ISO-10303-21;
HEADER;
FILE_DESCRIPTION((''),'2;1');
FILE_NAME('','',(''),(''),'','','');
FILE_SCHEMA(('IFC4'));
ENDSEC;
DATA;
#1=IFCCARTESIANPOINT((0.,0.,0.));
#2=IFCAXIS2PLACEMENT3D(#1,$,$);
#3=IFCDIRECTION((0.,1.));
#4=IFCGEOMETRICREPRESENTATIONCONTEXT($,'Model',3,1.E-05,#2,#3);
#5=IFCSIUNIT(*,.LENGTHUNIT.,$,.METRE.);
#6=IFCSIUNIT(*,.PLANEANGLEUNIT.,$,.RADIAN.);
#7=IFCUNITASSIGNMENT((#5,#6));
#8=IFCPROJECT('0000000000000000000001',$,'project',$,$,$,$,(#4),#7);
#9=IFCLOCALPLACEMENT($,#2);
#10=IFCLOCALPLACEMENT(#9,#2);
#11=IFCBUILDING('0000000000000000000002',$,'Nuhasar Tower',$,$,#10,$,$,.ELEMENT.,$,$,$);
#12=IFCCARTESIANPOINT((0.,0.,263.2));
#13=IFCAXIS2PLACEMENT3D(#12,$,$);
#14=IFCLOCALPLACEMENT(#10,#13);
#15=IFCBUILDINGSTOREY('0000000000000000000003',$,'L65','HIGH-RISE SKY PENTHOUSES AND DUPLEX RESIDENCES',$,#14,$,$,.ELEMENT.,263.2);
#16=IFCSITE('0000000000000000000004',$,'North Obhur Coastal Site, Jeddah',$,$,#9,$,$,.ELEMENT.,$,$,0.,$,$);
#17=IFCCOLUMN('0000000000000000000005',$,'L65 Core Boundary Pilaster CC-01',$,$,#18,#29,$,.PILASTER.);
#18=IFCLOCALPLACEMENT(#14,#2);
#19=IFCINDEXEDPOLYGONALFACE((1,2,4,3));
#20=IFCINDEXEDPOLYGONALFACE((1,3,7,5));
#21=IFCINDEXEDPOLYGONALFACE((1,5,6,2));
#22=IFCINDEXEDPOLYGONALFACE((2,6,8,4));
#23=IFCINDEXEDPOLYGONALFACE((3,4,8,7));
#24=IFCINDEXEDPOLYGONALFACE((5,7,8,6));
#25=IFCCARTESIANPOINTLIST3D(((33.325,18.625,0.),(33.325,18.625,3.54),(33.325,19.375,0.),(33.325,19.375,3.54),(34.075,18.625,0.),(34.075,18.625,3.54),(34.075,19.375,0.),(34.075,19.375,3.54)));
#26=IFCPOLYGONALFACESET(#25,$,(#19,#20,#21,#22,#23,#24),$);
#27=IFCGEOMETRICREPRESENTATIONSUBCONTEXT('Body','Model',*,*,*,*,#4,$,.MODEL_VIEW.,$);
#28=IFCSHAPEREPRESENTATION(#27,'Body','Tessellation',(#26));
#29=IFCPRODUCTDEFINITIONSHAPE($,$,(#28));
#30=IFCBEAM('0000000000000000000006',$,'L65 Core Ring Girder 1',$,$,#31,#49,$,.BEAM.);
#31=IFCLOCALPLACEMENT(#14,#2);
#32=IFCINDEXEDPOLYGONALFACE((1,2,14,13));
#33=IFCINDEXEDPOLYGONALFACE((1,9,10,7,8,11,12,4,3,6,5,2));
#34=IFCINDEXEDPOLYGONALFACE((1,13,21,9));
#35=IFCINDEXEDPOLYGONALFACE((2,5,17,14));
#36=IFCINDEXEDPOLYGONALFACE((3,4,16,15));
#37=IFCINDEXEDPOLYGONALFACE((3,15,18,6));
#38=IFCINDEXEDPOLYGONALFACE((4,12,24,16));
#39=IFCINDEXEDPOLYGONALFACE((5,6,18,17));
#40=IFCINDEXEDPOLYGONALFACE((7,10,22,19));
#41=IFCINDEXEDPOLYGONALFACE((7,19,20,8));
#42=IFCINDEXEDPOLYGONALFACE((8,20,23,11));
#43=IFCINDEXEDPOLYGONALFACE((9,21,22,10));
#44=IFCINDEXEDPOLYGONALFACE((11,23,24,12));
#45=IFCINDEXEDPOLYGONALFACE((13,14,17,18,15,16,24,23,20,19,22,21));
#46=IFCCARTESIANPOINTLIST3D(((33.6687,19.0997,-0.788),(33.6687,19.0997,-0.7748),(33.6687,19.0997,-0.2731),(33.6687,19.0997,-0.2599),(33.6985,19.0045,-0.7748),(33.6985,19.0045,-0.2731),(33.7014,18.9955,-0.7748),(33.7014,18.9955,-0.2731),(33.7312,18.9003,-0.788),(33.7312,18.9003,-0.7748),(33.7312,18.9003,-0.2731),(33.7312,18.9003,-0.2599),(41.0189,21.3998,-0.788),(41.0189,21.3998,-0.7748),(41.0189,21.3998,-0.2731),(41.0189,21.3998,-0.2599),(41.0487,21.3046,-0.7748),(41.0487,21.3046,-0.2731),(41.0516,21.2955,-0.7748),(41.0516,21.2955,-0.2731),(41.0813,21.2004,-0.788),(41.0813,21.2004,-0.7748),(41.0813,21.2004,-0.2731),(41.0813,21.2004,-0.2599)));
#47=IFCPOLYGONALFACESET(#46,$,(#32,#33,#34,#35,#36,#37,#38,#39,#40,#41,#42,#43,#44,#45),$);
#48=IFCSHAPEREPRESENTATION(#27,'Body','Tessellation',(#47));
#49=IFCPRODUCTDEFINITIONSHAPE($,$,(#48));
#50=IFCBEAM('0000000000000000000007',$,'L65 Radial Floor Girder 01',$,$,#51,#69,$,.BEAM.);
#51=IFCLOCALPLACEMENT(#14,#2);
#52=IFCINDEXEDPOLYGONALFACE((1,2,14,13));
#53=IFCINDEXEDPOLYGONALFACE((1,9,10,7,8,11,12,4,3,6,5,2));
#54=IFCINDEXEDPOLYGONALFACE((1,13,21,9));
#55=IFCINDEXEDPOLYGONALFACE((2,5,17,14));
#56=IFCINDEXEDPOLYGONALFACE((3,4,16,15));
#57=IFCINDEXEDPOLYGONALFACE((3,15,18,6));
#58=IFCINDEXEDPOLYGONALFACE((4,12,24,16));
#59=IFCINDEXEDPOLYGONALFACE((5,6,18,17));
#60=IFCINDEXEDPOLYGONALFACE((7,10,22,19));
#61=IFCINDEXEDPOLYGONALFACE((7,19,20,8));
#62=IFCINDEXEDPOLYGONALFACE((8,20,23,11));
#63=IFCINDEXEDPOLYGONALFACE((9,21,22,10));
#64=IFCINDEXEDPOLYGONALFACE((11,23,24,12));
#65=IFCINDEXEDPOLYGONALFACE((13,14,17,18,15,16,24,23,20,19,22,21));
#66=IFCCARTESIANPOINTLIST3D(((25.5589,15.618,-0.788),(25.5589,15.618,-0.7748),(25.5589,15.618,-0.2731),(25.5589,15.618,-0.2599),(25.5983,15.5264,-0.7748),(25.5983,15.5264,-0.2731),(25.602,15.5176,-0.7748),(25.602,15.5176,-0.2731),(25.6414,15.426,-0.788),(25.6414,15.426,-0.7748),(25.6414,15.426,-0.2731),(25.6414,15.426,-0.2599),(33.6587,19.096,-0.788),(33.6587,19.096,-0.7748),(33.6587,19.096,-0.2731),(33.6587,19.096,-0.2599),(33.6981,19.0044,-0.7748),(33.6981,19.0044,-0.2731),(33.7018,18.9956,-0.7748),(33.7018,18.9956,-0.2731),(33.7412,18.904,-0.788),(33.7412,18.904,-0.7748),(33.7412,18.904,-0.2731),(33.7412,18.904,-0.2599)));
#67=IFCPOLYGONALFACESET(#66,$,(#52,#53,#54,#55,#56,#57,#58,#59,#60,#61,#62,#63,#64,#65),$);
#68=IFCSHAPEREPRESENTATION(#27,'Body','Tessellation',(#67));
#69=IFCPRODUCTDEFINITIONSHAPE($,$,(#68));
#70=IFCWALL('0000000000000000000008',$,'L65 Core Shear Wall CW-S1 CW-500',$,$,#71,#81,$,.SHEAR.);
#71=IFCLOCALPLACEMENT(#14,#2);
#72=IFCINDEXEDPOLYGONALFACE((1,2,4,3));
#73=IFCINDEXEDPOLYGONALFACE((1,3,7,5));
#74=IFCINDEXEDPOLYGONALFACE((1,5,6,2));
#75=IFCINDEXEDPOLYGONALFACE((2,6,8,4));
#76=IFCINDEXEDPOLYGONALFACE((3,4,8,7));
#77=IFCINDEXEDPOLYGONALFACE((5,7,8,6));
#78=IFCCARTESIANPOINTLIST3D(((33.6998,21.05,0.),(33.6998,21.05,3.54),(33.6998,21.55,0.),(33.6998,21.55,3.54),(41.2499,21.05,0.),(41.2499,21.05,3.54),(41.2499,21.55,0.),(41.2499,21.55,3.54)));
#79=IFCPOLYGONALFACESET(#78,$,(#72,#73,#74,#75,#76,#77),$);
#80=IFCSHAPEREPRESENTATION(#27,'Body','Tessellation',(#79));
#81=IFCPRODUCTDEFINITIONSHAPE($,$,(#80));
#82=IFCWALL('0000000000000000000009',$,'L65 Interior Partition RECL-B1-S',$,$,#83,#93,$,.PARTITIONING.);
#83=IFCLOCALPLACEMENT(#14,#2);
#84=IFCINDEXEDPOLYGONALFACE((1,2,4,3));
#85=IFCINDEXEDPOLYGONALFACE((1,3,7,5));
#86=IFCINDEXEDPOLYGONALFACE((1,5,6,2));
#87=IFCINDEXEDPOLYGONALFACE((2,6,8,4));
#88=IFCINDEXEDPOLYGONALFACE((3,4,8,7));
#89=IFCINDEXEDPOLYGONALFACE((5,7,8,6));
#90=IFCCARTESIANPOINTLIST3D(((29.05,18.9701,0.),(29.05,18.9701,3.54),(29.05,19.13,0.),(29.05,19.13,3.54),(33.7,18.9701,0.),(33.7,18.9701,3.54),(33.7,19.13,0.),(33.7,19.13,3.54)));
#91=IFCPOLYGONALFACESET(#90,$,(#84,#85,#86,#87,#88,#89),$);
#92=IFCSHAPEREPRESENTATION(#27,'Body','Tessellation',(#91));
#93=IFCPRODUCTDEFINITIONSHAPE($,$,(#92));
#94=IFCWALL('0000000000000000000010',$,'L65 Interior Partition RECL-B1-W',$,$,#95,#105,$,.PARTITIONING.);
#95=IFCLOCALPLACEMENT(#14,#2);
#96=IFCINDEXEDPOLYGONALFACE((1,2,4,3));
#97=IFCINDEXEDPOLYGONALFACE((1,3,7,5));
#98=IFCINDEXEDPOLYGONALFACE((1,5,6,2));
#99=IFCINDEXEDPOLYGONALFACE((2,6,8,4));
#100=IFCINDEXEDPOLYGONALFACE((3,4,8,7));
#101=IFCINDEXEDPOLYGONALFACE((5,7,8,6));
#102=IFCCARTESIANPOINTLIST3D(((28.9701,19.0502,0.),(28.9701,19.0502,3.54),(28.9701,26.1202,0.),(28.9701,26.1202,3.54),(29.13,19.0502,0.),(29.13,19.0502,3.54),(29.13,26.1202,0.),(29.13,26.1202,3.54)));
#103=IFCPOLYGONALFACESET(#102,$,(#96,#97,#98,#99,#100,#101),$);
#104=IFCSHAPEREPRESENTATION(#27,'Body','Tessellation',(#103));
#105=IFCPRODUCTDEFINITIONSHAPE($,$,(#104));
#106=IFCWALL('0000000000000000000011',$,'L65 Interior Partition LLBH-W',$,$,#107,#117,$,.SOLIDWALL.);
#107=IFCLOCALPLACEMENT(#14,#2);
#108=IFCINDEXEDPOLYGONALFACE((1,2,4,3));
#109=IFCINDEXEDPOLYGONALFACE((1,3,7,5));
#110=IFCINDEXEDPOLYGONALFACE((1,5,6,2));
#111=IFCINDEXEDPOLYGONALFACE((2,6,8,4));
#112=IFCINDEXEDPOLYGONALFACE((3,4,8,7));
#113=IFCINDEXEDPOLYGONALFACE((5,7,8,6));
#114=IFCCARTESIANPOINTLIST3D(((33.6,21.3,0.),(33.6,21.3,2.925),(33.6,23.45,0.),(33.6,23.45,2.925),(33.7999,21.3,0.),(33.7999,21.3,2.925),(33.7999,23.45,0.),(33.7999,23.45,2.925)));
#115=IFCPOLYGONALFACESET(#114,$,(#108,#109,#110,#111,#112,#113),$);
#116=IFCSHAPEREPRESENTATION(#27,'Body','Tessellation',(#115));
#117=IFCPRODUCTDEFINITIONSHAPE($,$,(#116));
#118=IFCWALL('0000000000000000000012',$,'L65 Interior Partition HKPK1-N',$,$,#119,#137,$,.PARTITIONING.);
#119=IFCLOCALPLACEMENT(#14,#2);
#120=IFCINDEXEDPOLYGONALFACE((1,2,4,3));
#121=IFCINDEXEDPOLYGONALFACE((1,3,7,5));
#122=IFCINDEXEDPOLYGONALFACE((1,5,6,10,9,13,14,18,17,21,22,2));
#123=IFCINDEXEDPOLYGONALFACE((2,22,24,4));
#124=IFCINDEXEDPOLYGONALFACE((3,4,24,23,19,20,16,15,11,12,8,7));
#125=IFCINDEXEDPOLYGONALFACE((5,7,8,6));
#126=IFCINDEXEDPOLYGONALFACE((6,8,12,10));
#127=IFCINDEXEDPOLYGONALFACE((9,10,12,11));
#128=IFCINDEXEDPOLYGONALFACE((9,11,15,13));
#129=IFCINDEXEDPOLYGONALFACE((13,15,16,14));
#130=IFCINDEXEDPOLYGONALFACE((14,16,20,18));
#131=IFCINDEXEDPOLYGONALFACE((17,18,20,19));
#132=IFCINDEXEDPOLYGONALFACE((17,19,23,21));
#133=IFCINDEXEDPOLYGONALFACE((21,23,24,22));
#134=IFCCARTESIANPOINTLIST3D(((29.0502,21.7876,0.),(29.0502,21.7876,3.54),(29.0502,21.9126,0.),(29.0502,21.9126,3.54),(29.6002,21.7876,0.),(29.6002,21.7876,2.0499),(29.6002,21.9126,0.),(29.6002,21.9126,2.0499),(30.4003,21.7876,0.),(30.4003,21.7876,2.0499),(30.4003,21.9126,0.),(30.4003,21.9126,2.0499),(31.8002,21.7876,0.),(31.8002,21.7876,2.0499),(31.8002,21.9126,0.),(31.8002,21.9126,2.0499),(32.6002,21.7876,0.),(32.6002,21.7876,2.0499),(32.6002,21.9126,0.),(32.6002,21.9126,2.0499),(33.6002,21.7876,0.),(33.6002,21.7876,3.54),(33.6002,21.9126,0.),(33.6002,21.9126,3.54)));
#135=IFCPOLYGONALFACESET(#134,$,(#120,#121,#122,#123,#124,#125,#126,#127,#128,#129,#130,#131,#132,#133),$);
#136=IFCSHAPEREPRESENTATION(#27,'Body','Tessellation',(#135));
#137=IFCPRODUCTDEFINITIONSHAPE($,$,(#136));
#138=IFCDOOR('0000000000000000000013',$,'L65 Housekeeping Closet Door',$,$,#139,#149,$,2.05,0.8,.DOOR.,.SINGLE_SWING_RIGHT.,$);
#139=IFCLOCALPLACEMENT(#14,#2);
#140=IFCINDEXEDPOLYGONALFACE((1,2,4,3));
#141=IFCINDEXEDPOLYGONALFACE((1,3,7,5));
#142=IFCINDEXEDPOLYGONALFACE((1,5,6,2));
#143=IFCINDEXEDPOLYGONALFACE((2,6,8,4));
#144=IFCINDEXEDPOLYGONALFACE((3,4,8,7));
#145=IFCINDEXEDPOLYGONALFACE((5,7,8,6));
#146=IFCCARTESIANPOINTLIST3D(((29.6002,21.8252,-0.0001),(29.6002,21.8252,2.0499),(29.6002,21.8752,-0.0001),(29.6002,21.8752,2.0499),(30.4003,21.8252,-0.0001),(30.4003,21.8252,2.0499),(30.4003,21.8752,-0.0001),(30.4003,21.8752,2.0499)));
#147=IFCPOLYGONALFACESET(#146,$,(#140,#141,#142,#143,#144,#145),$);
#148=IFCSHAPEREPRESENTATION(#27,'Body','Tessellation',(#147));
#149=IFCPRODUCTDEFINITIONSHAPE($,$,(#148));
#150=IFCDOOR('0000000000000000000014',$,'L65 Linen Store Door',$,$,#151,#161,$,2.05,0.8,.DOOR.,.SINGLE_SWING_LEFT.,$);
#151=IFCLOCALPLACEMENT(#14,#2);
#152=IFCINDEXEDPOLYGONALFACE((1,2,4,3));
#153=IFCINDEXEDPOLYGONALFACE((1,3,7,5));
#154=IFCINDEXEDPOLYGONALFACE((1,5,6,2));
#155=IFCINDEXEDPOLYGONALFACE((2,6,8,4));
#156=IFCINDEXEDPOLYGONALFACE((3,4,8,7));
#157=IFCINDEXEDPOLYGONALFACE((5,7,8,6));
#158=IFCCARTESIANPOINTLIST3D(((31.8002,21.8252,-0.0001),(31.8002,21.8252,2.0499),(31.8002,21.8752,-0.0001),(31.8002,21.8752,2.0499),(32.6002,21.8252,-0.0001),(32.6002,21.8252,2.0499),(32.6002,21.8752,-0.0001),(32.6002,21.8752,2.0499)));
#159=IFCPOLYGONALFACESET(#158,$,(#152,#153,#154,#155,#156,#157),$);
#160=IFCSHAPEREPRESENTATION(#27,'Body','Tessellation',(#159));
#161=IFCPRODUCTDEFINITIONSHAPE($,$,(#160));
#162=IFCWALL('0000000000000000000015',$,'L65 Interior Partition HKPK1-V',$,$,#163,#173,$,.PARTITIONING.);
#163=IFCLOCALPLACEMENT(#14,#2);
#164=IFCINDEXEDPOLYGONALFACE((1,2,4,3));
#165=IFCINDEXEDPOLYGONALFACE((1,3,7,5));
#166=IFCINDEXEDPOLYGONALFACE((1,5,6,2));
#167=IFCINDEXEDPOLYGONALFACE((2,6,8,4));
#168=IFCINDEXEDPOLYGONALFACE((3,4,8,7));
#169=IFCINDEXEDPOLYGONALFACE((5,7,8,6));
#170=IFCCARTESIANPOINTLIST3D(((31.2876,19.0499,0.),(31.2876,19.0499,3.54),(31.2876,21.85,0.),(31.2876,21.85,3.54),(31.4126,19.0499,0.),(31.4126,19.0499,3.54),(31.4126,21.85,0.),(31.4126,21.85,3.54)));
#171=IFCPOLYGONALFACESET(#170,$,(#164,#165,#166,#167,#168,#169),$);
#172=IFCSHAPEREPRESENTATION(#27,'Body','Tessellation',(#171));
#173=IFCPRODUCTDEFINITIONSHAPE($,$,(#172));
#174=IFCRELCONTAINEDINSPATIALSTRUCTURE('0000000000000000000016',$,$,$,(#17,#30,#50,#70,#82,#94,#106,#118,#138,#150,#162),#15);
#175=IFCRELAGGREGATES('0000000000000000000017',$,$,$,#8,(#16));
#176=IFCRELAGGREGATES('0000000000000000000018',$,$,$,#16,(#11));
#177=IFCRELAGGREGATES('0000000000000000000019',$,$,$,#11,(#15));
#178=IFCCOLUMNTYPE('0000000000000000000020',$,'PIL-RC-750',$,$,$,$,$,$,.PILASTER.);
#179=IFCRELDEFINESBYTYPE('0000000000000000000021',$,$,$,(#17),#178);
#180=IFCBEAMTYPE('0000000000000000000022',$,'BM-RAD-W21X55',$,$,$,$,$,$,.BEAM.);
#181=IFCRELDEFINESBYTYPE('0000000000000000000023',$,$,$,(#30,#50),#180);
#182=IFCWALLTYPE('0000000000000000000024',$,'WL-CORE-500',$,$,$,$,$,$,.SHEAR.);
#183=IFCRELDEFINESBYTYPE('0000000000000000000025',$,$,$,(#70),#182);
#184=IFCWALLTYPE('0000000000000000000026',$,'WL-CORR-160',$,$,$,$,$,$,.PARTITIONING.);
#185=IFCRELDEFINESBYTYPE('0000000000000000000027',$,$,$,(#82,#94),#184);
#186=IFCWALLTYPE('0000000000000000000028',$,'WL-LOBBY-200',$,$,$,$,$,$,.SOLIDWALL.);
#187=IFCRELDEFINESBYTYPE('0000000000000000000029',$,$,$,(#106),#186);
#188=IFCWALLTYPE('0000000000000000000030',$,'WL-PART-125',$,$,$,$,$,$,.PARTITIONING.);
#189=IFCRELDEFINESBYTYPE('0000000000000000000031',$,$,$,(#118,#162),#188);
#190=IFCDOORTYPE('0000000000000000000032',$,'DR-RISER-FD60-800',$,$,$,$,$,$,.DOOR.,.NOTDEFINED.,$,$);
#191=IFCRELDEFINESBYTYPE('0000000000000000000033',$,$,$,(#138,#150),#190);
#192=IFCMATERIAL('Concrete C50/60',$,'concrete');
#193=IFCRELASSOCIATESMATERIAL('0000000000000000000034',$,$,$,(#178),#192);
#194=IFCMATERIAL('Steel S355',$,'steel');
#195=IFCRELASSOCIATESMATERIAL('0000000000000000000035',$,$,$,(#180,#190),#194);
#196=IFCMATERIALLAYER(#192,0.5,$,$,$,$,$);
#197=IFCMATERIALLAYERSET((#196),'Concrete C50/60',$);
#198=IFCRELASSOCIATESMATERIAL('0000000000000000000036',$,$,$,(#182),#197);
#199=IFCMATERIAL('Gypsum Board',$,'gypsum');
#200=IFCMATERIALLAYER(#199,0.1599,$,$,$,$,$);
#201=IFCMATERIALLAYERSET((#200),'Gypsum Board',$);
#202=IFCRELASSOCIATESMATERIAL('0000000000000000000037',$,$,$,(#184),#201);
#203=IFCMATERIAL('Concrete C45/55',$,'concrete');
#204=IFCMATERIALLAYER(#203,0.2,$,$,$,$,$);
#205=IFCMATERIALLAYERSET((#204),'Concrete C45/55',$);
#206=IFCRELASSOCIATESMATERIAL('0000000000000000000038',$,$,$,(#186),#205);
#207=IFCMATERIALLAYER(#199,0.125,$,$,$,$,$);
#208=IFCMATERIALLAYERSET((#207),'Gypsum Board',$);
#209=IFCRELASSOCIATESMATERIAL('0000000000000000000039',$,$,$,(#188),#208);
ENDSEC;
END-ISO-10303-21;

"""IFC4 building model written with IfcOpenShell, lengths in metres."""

from ifc_helpers import new_model, si_unit, direction, frame, frame_2d, origin, origin_2d, place, context, subcontext, project, spatial, rectangle, i_section, extrude, material, layer, layer_set, material_profile, profile_set, type_object, element, fill, save


model = new_model("IFC4")

# Units and contexts
model_context = context("Model", 3, precision=1e-05, world=origin(), true_north=direction((0.0, 1.0)))
body_context = subcontext(model_context, "Body", "Model", "MODEL_VIEW")
ifc_project = project(units=[si_unit("LENGTHUNIT", "METRE"), si_unit("PLANEANGLEUNIT", "RADIAN")], contexts=[model_context])

# Site, building, storey
site_placement = place(None, origin())
site = spatial("IfcSite", under=ifc_project, at=site_placement, Name="North Obhur Coastal Site, Jeddah", CompositionType="ELEMENT", RefElevation=0.0)
building_placement = place(site_placement, origin())
building = spatial("IfcBuilding", under=site, at=building_placement, Name="Nuhasar Tower", CompositionType="ELEMENT")
storey_placement = place(building_placement, frame((0.0, 0.0, 263.2)))
storey = spatial("IfcBuildingStorey", under=building, at=storey_placement, Name="L65", Description="HIGH-RISE SKY PENTHOUSES AND DUPLEX RESIDENCES", CompositionType="ELEMENT", Elevation=263.2)

# Column
ifc_material_1 = material(Name="Concrete C50/60", Category="concrete")
ifc_material_profile_1 = material_profile(ifc_material_1, rectangle(XDim=0.75, YDim=0.75, at=origin_2d()), Name="RC750X750")
ifc_profile_set_1 = profile_set([ifc_material_profile_1], Name="Concrete C50/60")
column_type = type_object("IfcColumnType", Name="PIL-RC-750", PredefinedType="PILASTER", material=ifc_profile_set_1)
column_placement = place(storey_placement, frame((33.7, 19.0, 0.0), z_axis=(0.0, 0.0, 1.0), x_axis=(1.0, 0.0, 0.0)))
element("IfcColumn", 1, at=column_placement, inside=storey, type_object=column_type, Name="L65 Core Boundary Pilaster CC-01", PredefinedType="PILASTER", context=body_context, shape_type="SweptSolid", body=[
    extrude(rectangle(XDim=0.75, YDim=0.75, at=origin_2d()), origin(), (0.0, 0.0, 1.0), 3.54),
])

# Beams
ifc_material_2 = material(Name="Steel S355", Category="steel")
ifc_material_profile_2 = material_profile(ifc_material_2, i_section(OverallWidth=0.209, OverallDepth=0.5281, WebThickness=0.0095, FlangeThickness=0.0132, at=origin_2d()), Name="W21X55")
ifc_profile_set_2 = profile_set([ifc_material_profile_2], Name="Steel S355")
beam_type = type_object("IfcBeamType", Name="BM-RAD-W21X55", PredefinedType="BEAM", material=ifc_profile_set_2)
beam_1_placement = place(storey_placement, frame((33.7, 19.0, -0.5239), z_axis=(0.954364, 0.298647, 0.0), x_axis=(-0.298647, 0.954364, 0.0)))
element("IfcBeam", 2, at=beam_1_placement, inside=storey, type_object=beam_type, Name="L65 Core Ring Girder 1", PredefinedType="BEAM", context=body_context, shape_type="SweptSolid", body=[
    extrude(i_section(OverallWidth=0.209, OverallDepth=0.5281, WebThickness=0.0095, FlangeThickness=0.0132, at=origin_2d()), origin(), (0.0, 0.0, 1.0), 7.7017),
])
beam_2_placement = place(storey_placement, frame((33.7, 19.0, -0.5239), z_axis=(-0.918871, -0.394558, 0.0), x_axis=(0.394558, -0.918871, 0.0)))
element("IfcBeam", 3, at=beam_2_placement, inside=storey, type_object=beam_type, Name="L65 Radial Floor Girder 01", PredefinedType="BEAM", context=body_context, shape_type="SweptSolid", body=[
    extrude(i_section(OverallWidth=0.209, OverallDepth=0.5281, WebThickness=0.0095, FlangeThickness=0.0132, at=origin_2d()), origin(), (0.0, 0.0, 1.0), 8.8149),
])

# Walls
ifc_layer_1 = layer(ifc_material_1, 0.5)
ifc_layer_set_1 = layer_set([ifc_layer_1], Name="Concrete C50/60")
wall_type_1 = type_object("IfcWallType", Name="WL-CORE-500", PredefinedType="SHEAR", material=ifc_layer_set_1)
wall_1_placement = place(storey_placement, frame((33.7, 21.3, 0.0), z_axis=(0.0, 0.0, 1.0), x_axis=(1.0, 0.0, 0.0)))
element("IfcWall", 4, at=wall_1_placement, inside=storey, type_object=wall_type_1, Name="L65 Core Shear Wall CW-S1 CW-500", PredefinedType="SHEAR", context=body_context, shape_type="SweptSolid", body=[
    extrude(rectangle(XDim=7.55, YDim=0.5, at=frame_2d((3.7749, 0.0))), origin(), (0.0, 0.0, 1.0), 3.54),
])
ifc_material_3 = material(Name="Gypsum Board", Category="gypsum")
ifc_layer_2 = layer(ifc_material_3, 0.1599)
ifc_layer_set_2 = layer_set([ifc_layer_2], Name="Gypsum Board")
wall_type_2 = type_object("IfcWallType", Name="WL-CORR-160", PredefinedType="PARTITIONING", material=ifc_layer_set_2)
wall_2_placement = place(storey_placement, frame((29.05, 19.05, 0.0), z_axis=(0.0, 0.0, 1.0), x_axis=(1.0, 0.0, 0.0)))
element("IfcWall", 5, at=wall_2_placement, inside=storey, type_object=wall_type_2, Name="L65 Interior Partition RECL-B1-S", PredefinedType="PARTITIONING", context=body_context, shape_type="SweptSolid", body=[
    extrude(rectangle(XDim=4.6499, YDim=0.1599, at=frame_2d((2.325, 0.0))), origin(), (0.0, 0.0, 1.0), 3.54),
])
wall_3_placement = place(storey_placement, frame((29.05, 19.05, 0.0), z_axis=(0.0, 0.0, 1.0), x_axis=(0.0, 1.0, 0.0)))
element("IfcWall", 6, at=wall_3_placement, inside=storey, type_object=wall_type_2, Name="L65 Interior Partition RECL-B1-W", PredefinedType="PARTITIONING", context=body_context, shape_type="SweptSolid", body=[
    extrude(rectangle(XDim=7.0701, YDim=0.1599, at=frame_2d((3.5352, 0.0))), origin(), (0.0, 0.0, 1.0), 3.54),
])

# Wall
ifc_material_4 = material(Name="Concrete C45/55", Category="concrete")
ifc_layer_3 = layer(ifc_material_4, 0.2)
ifc_layer_set_3 = layer_set([ifc_layer_3], Name="Concrete C45/55")
wall_type_3 = type_object("IfcWallType", Name="WL-LOBBY-200", PredefinedType="SOLIDWALL", material=ifc_layer_set_3)
wall_4_placement = place(storey_placement, frame((33.7, 21.3, 0.0), z_axis=(0.0, 0.0, 1.0), x_axis=(0.0, 1.0, 0.0)))
element("IfcWall", 7, at=wall_4_placement, inside=storey, type_object=wall_type_3, Name="L65 Interior Partition LLBH-W", PredefinedType="SOLIDWALL", context=body_context, shape_type="SweptSolid", body=[
    extrude(rectangle(XDim=2.1499, YDim=0.2, at=frame_2d((1.075, 0.0))), origin(), (0.0, 0.0, 1.0), 2.925),
])

# Wall, openings, doors
ifc_layer_4 = layer(ifc_material_3, 0.125)
ifc_layer_set_4 = layer_set([ifc_layer_4], Name="Gypsum Board")
wall_type_4 = type_object("IfcWallType", Name="WL-PART-125", PredefinedType="PARTITIONING", material=ifc_layer_set_4)
wall_5_placement = place(storey_placement, frame((33.6001, 21.8501, 0.0), z_axis=(0.0, 0.0, 1.0), x_axis=(-1.0, 0.0, 0.0)))
wall_5 = element("IfcWall", 8, at=wall_5_placement, inside=storey, type_object=wall_type_4, Name="L65 Interior Partition HKPK1-N", PredefinedType="PARTITIONING", context=body_context, shape_type="SweptSolid", body=[
    extrude(rectangle(XDim=4.55, YDim=0.125, at=frame_2d((2.2749, 0.0))), origin(), (0.0, 0.0, 1.0), 3.54),
])
opening_1_placement = place(wall_5_placement, frame((3.2, 0.0, 0.0)))
opening_1 = element("IfcOpeningElement", 9, at=opening_1_placement, cuts=wall_5, PredefinedType="OPENING", context=body_context, shape_type="SweptSolid", body=[
    extrude(rectangle(XDim=0.8, YDim=2.05, at=frame_2d((0.3999, 1.0249))), frame((0.0, 0.0725, 0.0), z_axis=(0.0, -1.0, 0.0), x_axis=(1.0, 0.0, 0.0)), (0.0, 0.0, 1.0), 0.145),
])
opening_2_placement = place(wall_5_placement, frame((1.0, 0.0, 0.0)))
opening_2 = element("IfcOpeningElement", 10, at=opening_2_placement, cuts=wall_5, PredefinedType="OPENING", context=body_context, shape_type="SweptSolid", body=[
    extrude(rectangle(XDim=0.8, YDim=2.05, at=frame_2d((0.3999, 1.0249))), frame((0.0, 0.0725, 0.0), z_axis=(0.0, -1.0, 0.0), x_axis=(1.0, 0.0, 0.0)), (0.0, 0.0, 1.0), 0.145),
])
door_type_1 = type_object("IfcDoorType", Name="DR-RISER-FD60-800", OperationType="NOTDEFINED", PredefinedType="DOOR", material=ifc_material_2)
door_1_placement = place(opening_1_placement, origin())
door_1 = element("IfcDoor", 11, at=door_1_placement, inside=storey, type_object=door_type_1, Name="L65 Housekeeping Closet Door", OperationType="SINGLE_SWING_RIGHT", OverallHeight=2.05, OverallWidth=0.8, PredefinedType="DOOR", context=body_context, shape_type="SweptSolid", body=[
    extrude(rectangle(XDim=0.8, YDim=2.05, at=frame_2d((0.3999, 1.0249))), frame((0.0, 0.0249, 0.0), z_axis=(0.0, -1.0, 0.0), x_axis=(1.0, 0.0, 0.0)), (0.0, 0.0, 1.0), 0.05),
])
fill(opening_1, door_1)
door_2_placement = place(opening_2_placement, origin())
door_2 = element("IfcDoor", 12, at=door_2_placement, inside=storey, type_object=door_type_1, Name="L65 Linen Store Door", OperationType="SINGLE_SWING_LEFT", OverallHeight=2.05, OverallWidth=0.8, PredefinedType="DOOR", context=body_context, shape_type="SweptSolid", body=[
    extrude(rectangle(XDim=0.8, YDim=2.05, at=frame_2d((0.3999, 1.0249))), frame((0.0, 0.0249, 0.0), z_axis=(0.0, -1.0, 0.0), x_axis=(1.0, 0.0, 0.0)), (0.0, 0.0, 1.0), 0.05),
])
fill(opening_2, door_2)

# Wall
wall_6_placement = place(storey_placement, frame((31.3501, 19.05, 0.0), z_axis=(0.0, 0.0, 1.0), x_axis=(0.0, 1.0, 0.0)))
element("IfcWall", 13, at=wall_6_placement, inside=storey, type_object=wall_type_4, Name="L65 Interior Partition HKPK1-V", PredefinedType="PARTITIONING", context=body_context, shape_type="SweptSolid", body=[
    extrude(rectangle(XDim=2.8, YDim=0.125, at=frame_2d((1.3999, 0.0))), origin(), (0.0, 0.0, 1.0), 3.54),
])

save(model, "model.ifc")
